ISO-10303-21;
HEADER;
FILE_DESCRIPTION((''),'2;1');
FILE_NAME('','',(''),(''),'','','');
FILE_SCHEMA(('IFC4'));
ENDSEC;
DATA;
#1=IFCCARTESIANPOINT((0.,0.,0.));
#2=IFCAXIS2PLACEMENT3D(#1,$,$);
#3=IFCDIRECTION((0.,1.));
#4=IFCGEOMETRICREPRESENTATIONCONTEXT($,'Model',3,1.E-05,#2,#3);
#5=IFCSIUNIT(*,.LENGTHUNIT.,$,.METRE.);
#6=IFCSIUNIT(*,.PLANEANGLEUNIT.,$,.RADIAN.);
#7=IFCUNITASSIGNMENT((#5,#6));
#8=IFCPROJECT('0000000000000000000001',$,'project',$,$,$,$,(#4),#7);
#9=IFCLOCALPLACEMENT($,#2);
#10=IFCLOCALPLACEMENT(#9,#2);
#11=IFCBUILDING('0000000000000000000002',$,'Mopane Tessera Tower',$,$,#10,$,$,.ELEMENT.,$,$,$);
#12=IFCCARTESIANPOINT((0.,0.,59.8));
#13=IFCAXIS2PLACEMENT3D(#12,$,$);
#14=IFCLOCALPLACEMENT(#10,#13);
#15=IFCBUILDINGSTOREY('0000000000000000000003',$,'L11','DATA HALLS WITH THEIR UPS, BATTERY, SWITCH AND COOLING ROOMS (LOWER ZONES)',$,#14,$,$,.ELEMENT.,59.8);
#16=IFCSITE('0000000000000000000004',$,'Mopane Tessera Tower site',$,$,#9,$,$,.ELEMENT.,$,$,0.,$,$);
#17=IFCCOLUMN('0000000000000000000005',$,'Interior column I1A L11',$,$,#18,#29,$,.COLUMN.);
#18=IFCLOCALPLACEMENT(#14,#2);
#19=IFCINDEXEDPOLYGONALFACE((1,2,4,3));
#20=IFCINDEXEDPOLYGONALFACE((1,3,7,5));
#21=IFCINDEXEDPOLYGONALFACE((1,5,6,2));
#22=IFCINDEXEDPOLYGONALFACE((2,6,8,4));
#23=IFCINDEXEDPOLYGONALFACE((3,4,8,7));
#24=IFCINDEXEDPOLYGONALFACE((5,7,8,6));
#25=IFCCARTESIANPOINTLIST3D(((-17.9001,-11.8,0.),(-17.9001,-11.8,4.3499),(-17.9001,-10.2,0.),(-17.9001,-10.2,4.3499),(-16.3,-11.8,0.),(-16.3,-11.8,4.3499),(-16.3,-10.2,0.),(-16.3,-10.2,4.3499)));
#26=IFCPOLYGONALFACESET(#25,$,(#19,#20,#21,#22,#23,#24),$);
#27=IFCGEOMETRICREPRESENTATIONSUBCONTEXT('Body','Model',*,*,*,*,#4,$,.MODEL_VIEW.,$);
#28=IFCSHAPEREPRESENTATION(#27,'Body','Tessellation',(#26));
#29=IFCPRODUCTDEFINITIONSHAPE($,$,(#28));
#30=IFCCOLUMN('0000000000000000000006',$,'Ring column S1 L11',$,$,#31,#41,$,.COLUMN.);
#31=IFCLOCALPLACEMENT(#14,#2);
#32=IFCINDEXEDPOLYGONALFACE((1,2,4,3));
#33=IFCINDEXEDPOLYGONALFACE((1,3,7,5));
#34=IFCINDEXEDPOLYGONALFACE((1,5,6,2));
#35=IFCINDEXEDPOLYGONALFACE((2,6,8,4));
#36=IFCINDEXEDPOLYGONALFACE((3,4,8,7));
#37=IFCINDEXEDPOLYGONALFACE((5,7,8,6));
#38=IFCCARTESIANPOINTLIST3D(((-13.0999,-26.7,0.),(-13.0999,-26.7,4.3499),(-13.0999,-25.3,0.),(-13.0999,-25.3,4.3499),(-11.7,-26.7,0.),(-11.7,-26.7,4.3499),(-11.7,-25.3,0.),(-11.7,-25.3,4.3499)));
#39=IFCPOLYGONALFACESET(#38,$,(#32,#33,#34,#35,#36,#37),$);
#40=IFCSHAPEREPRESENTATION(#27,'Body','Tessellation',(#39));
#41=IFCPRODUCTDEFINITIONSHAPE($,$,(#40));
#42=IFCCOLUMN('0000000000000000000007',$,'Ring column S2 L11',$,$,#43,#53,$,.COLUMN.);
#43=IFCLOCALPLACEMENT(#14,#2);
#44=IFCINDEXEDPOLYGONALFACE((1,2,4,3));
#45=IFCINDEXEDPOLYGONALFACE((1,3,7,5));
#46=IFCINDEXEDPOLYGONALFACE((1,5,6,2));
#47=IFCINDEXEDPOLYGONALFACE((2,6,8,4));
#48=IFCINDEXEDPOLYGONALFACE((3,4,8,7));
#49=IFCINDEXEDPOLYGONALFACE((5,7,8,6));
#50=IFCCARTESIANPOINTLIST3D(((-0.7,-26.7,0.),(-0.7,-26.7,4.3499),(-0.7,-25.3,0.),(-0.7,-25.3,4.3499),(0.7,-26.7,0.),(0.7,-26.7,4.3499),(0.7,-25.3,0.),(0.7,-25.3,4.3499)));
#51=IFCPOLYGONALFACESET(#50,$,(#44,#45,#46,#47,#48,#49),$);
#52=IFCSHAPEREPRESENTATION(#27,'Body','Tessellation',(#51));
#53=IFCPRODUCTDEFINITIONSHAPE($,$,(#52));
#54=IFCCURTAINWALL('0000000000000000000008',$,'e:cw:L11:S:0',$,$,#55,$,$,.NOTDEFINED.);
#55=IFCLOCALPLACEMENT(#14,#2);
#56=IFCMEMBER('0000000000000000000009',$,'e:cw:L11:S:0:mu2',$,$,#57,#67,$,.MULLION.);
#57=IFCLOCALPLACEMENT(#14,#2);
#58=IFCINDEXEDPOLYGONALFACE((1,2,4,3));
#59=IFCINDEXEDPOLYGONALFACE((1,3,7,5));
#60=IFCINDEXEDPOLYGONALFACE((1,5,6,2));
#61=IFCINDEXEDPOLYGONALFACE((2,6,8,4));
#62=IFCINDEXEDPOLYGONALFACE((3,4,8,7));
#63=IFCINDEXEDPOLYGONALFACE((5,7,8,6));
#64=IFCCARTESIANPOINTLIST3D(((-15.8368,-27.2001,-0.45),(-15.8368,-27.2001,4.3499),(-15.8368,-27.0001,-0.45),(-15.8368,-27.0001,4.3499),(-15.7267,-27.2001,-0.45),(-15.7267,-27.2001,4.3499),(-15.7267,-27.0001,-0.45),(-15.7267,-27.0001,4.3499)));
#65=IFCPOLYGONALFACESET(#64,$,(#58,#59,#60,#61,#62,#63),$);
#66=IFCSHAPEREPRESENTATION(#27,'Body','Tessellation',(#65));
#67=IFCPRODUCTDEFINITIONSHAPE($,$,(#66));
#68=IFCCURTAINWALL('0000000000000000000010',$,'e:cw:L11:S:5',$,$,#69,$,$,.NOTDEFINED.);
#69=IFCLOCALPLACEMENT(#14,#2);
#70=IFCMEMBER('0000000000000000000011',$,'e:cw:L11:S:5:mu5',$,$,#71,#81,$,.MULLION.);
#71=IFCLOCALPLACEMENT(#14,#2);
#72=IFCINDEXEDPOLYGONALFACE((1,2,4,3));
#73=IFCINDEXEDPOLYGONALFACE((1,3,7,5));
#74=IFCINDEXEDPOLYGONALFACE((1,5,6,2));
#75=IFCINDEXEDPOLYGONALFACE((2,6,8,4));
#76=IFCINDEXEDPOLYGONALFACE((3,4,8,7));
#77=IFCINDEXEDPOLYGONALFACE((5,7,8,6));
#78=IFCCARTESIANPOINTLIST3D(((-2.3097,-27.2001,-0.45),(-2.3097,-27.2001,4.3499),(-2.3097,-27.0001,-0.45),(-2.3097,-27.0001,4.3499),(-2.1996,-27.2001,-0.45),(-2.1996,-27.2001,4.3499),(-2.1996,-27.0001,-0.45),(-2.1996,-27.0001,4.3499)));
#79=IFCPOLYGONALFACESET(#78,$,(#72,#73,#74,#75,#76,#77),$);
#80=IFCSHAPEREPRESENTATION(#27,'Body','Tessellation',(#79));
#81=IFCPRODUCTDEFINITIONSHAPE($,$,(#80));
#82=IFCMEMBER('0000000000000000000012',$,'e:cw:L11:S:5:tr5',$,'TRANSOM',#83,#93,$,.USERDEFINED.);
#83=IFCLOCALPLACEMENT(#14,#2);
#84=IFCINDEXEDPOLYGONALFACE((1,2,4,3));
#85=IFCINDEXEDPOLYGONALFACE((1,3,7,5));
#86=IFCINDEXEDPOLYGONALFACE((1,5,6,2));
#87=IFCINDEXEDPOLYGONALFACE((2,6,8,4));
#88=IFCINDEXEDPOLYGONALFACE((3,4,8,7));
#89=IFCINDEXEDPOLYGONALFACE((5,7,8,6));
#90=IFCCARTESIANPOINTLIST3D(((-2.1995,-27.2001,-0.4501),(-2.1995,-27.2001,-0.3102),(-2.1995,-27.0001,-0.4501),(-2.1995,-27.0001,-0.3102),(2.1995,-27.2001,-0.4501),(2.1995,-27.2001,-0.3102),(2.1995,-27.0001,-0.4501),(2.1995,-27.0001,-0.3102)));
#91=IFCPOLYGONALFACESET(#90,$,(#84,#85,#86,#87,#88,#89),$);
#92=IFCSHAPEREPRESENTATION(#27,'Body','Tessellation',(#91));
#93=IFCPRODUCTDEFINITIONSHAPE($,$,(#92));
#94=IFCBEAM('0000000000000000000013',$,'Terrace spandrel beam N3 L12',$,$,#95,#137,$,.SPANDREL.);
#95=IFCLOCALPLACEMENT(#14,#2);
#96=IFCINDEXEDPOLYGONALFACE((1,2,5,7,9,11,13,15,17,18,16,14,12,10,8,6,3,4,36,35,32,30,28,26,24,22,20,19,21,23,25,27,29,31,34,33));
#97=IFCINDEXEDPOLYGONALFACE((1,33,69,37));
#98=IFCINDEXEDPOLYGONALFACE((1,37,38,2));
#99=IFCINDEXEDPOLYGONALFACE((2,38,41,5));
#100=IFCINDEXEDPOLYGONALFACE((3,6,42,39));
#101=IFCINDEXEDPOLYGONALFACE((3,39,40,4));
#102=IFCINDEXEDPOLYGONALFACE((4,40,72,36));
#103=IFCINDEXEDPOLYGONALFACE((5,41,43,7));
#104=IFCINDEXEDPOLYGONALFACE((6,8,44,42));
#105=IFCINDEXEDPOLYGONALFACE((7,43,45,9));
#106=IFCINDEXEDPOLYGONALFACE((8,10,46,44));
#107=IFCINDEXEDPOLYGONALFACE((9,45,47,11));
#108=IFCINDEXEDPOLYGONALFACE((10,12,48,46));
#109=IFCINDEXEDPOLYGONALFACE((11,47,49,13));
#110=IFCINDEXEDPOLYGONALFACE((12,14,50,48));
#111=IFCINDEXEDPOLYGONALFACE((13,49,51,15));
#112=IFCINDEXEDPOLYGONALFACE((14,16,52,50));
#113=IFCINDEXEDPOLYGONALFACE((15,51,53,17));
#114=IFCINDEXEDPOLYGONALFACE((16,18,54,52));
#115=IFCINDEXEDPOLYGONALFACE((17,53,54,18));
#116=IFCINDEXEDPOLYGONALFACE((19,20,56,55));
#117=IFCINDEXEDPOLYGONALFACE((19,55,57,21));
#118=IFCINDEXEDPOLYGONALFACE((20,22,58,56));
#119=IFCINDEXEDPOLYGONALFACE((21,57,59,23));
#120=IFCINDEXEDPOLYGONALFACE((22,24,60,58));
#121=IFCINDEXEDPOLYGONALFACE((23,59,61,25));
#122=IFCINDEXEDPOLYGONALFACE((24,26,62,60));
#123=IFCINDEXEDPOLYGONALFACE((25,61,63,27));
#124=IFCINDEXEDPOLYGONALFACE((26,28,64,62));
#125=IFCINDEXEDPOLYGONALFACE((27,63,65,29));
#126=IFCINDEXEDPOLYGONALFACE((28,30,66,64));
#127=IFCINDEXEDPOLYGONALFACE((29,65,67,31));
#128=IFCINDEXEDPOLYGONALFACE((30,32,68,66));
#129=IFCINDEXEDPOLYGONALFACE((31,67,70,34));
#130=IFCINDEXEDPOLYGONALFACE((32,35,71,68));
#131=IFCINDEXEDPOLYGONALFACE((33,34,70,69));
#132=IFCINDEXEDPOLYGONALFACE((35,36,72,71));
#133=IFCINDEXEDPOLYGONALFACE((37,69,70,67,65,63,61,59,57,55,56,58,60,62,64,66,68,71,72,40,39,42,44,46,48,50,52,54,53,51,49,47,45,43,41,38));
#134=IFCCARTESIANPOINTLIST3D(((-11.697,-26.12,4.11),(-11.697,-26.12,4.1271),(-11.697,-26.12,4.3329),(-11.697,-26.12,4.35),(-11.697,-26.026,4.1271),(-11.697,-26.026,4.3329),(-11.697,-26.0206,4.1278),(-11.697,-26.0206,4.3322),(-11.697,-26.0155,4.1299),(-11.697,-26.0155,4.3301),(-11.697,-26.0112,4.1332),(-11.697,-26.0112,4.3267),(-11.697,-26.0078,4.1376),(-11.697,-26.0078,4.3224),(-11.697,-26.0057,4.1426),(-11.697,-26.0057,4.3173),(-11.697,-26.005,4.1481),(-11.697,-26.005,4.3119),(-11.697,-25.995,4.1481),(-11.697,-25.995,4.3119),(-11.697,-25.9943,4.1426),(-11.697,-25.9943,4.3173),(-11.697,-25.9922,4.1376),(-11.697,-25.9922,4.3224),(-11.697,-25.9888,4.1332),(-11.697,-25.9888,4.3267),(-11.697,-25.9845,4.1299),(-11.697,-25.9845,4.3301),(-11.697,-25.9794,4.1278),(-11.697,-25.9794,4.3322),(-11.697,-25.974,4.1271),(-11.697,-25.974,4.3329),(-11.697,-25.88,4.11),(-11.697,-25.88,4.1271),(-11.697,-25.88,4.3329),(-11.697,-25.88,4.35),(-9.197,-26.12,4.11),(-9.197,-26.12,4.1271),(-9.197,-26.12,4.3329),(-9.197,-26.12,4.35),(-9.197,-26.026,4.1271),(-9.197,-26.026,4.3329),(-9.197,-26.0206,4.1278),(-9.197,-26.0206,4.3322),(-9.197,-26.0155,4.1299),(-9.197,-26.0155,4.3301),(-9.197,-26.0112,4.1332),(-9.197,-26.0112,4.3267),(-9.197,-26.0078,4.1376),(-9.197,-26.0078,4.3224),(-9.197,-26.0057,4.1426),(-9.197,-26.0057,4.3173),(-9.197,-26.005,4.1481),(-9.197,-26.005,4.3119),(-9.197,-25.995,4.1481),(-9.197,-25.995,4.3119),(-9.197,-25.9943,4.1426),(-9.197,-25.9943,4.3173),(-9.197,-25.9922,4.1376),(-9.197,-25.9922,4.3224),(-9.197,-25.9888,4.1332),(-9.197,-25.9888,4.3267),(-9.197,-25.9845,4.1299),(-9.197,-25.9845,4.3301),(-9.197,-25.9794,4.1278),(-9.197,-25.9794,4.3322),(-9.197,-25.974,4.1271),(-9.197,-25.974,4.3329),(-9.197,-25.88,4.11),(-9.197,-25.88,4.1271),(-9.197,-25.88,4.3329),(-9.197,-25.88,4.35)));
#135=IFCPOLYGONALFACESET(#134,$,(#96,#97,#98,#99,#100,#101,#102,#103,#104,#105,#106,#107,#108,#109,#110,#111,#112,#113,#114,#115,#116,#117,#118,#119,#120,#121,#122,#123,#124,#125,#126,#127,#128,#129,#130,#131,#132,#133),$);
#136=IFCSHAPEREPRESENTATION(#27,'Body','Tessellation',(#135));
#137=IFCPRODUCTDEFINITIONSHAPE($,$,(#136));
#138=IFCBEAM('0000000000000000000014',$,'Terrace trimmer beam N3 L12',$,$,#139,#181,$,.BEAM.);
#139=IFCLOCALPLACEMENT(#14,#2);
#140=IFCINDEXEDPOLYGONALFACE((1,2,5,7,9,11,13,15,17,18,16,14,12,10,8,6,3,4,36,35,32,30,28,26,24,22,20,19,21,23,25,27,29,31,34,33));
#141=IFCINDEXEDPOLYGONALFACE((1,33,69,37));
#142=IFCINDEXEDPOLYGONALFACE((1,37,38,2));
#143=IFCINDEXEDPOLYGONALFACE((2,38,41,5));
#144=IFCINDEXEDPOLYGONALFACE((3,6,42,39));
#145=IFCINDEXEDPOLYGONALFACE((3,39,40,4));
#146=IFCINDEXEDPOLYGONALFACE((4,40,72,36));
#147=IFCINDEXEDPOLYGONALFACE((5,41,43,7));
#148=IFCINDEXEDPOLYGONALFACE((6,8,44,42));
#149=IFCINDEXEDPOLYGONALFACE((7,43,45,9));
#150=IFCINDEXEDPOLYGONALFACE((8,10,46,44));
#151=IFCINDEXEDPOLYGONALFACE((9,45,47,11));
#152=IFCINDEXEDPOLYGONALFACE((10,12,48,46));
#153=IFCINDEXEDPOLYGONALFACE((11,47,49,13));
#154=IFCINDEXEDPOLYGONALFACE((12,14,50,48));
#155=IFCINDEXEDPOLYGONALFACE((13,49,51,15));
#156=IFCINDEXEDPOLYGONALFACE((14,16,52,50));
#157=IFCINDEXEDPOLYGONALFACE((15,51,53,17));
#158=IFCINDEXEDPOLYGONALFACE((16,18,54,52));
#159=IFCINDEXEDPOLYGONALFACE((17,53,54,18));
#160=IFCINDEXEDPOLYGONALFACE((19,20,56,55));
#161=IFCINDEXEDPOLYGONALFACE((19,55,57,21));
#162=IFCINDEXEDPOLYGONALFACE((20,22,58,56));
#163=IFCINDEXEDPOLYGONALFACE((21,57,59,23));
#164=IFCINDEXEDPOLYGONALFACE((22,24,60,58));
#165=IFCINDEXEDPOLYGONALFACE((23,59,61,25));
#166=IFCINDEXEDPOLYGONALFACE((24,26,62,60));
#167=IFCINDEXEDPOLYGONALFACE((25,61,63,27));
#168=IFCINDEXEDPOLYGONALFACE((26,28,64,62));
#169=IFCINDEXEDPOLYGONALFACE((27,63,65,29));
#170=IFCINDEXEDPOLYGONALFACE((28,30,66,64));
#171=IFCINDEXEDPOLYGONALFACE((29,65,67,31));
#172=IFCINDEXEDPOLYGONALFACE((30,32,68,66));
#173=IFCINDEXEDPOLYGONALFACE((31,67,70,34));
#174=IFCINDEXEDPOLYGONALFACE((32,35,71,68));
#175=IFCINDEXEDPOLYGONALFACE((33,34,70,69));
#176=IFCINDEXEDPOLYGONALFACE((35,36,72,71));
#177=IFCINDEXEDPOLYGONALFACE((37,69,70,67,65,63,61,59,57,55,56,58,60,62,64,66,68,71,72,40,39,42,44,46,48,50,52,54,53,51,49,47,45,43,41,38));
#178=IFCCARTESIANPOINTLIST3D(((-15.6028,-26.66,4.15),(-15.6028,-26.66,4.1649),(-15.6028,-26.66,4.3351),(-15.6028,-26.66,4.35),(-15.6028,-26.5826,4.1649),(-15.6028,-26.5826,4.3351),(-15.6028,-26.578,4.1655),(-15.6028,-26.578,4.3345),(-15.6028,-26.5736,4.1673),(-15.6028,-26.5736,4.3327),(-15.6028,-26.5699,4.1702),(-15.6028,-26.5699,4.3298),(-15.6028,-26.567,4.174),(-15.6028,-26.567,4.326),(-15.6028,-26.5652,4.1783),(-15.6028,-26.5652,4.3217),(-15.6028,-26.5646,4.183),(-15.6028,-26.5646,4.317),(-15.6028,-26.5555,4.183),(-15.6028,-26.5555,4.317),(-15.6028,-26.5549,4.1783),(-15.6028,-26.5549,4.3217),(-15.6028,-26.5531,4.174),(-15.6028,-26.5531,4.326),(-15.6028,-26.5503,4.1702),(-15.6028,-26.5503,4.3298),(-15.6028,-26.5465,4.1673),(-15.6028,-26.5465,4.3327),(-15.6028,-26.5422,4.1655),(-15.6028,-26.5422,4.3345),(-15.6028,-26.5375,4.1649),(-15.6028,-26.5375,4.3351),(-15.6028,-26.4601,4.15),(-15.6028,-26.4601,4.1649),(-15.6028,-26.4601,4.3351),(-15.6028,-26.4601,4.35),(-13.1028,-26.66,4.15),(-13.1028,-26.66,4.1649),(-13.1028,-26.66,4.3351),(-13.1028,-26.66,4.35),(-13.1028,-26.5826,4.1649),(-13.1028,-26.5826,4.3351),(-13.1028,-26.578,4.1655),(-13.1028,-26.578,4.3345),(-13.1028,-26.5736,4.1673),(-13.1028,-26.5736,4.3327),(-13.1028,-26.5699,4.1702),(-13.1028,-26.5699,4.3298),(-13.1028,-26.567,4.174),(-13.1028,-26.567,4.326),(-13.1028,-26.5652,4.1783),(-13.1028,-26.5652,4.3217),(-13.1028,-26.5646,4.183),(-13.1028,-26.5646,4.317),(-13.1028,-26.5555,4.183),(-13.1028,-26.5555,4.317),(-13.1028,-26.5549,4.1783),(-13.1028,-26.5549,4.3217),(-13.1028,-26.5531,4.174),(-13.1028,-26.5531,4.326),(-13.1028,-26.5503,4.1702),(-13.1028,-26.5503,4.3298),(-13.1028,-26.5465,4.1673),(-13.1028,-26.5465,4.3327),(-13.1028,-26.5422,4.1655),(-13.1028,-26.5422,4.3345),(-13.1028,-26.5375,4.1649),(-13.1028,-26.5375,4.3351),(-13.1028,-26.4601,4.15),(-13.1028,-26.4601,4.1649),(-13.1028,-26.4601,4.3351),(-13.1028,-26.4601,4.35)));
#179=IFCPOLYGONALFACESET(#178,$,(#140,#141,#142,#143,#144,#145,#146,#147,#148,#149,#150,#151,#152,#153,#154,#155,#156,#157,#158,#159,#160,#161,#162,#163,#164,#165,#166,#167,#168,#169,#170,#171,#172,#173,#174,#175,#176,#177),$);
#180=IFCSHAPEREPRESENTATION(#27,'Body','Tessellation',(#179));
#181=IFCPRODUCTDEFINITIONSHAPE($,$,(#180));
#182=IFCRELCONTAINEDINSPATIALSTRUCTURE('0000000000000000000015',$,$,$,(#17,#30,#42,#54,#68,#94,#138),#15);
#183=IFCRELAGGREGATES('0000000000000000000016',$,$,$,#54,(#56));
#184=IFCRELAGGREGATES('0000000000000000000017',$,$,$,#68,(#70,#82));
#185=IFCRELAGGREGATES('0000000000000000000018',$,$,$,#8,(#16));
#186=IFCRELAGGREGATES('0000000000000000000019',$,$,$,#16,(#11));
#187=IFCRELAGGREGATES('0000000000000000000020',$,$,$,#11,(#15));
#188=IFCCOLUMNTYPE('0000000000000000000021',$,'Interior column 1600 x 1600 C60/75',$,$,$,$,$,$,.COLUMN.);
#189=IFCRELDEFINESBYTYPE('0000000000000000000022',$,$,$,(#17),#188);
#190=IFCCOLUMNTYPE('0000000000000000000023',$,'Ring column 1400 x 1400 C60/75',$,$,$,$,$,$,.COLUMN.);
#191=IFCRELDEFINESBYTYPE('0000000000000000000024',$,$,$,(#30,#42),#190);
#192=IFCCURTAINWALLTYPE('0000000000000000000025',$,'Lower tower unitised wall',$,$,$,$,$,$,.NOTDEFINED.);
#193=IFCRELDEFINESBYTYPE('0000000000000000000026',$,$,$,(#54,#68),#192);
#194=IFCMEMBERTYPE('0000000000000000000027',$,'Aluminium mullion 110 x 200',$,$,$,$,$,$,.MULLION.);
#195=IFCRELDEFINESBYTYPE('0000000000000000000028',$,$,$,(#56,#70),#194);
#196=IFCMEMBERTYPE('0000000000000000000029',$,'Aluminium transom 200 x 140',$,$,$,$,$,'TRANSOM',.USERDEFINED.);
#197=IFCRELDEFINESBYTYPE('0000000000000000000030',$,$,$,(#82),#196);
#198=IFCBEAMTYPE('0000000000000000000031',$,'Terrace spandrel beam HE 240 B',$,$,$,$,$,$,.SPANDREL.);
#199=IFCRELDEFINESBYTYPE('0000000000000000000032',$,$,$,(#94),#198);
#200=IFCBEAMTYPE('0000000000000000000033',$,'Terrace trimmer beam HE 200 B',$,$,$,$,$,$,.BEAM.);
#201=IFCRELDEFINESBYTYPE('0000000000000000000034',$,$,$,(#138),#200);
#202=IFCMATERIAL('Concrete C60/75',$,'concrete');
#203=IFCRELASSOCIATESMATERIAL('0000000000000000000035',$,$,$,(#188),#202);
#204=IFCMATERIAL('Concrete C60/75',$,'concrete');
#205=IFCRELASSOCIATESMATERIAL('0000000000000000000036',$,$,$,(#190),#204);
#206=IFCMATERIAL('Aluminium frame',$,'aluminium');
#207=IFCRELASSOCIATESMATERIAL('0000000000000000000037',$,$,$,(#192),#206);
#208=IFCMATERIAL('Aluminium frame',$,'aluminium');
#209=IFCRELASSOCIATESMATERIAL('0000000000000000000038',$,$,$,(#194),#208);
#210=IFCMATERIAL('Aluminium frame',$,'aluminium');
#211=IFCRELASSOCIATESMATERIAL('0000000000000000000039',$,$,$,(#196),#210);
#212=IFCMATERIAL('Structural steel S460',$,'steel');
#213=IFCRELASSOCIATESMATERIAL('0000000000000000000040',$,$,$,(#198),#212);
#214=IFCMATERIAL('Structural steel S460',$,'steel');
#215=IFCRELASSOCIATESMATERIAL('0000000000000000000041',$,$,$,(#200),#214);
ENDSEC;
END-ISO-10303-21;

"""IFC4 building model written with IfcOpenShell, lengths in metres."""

from ifc_helpers import new_model, si_unit, direction, frame, origin, origin_2d, place, context, subcontext, project, spatial, rectangle, i_section, extrude, material, material_profile, profile_set, type_object, element, aggregate, save


model = new_model("IFC4")

# Units and contexts
model_context = context("Model", 3, precision=1e-05, world=origin(), true_north=direction((0.0, 1.0)))
body_context = subcontext(model_context, "Body", "Model", "MODEL_VIEW")
ifc_project = project(units=[si_unit("LENGTHUNIT", "METRE"), si_unit("PLANEANGLEUNIT", "RADIAN")], contexts=[model_context])

# Site, building, storey
site_placement = place(None, origin())
site = spatial("IfcSite", under=ifc_project, at=site_placement, Name="Mopane Tessera Tower site", CompositionType="ELEMENT", RefElevation=0.0)
building_placement = place(site_placement, origin())
building = spatial("IfcBuilding", under=site, at=building_placement, Name="Mopane Tessera Tower", CompositionType="ELEMENT")
storey_placement = place(building_placement, frame((0.0, 0.0, 59.8)))
storey = spatial("IfcBuildingStorey", under=building, at=storey_placement, Name="L11", Description="DATA HALLS WITH THEIR UPS, BATTERY, SWITCH AND COOLING ROOMS (LOWER ZONES)", CompositionType="ELEMENT", Elevation=59.8)

# Columns
ifc_material_1 = material(Name="Concrete C60/75", Category="concrete")
ifc_material_profile_1 = material_profile(ifc_material_1, rectangle(XDim=1.6001, YDim=1.6001, at=origin_2d()))
ifc_profile_set_1 = profile_set([ifc_material_profile_1], Name="Concrete C60/75")
column_type_1 = type_object("IfcColumnType", Name="Interior column 1600 x 1600 C60/75", PredefinedType="COLUMN", material=ifc_profile_set_1)
column_placement = place(storey_placement, frame((-17.1001, -11.0, 0.0), z_axis=(0.0, 0.0, 1.0), x_axis=(1.0, 0.0, 0.0)))
element("IfcColumn", 1, at=column_placement, inside=storey, type_object=column_type_1, Name="Interior column I1A L11", PredefinedType="COLUMN", context=body_context, shape_type="SweptSolid", body=[
    extrude(rectangle(XDim=1.6001, YDim=1.6001, at=origin_2d()), origin(), (0.0, 0.0, 1.0), 4.3499),
])
ifc_material_2 = material(Name="Concrete C60/75", Category="concrete")
ifc_material_profile_2 = material_profile(ifc_material_2, rectangle(XDim=1.3999, YDim=1.3999, at=origin_2d()))
ifc_profile_set_2 = profile_set([ifc_material_profile_2], Name="Concrete C60/75")
column_type_2 = type_object("IfcColumnType", Name="Ring column 1400 x 1400 C60/75", PredefinedType="COLUMN", material=ifc_profile_set_2)
for number, where, z_axis, x_axis, name in (
    (2, (-12.3999, -26.0, 0.0), (0.0, 0.0, 1.0), (1.0, 0.0, 0.0), "Ring column S1 L11"),
    (3, (0.0, -26.0, 0.0), (0.0, 0.0, 1.0), (1.0, 0.0, 0.0), "Ring column S2 L11"),
):
    element("IfcColumn", number, at=place(storey_placement, frame(where, z_axis=z_axis, x_axis=x_axis)), inside=storey, type_object=column_type_2, Name=name, PredefinedType="COLUMN", context=body_context, shape_type="SweptSolid", body=[
        extrude(rectangle(XDim=1.3999, YDim=1.3999, at=origin_2d()), origin(), (0.0, 0.0, 1.0), 4.3499),
    ])

# Curtain wall, member
ifc_material_3 = material(Name="Aluminium frame", Category="aluminium")
curtain_wall_type = type_object("IfcCurtainWallType", Name="Lower tower unitised wall", PredefinedType="NOTDEFINED", material=ifc_material_3)
curtain_wall_1_placement = place(storey_placement, origin())
curtain_wall_1 = element("IfcCurtainWall", 4, at=curtain_wall_1_placement, inside=storey, type_object=curtain_wall_type, Name="e:cw:L11:S:0", PredefinedType="NOTDEFINED")
ifc_material_4 = material(Name="Aluminium frame", Category="aluminium")
ifc_material_profile_3 = material_profile(ifc_material_4, rectangle(XDim=0.1101, YDim=0.2, at=origin_2d()))
ifc_profile_set_3 = profile_set([ifc_material_profile_3], Name="Aluminium frame")
member_type_1 = type_object("IfcMemberType", Name="Aluminium mullion 110 x 200", PredefinedType="MULLION", material=ifc_profile_set_3)
member_1_placement = place(storey_placement, frame((-15.7817, -27.1001, -0.45), z_axis=(0.0, 0.0, 1.0), x_axis=(1.0, 0.0, 0.0)))
member_1 = element("IfcMember", 5, at=member_1_placement, type_object=member_type_1, Name="e:cw:L11:S:0:mu2", PredefinedType="MULLION", context=body_context, shape_type="SweptSolid", body=[
    extrude(rectangle(XDim=0.1101, YDim=0.2, at=origin_2d()), origin(), (0.0, 0.0, 1.0), 4.7998),
])
aggregate(curtain_wall_1, [member_1])

# Curtain wall, members
curtain_wall_2_placement = place(storey_placement, origin())
curtain_wall_2 = element("IfcCurtainWall", 6, at=curtain_wall_2_placement, inside=storey, type_object=curtain_wall_type, Name="e:cw:L11:S:5", PredefinedType="NOTDEFINED")
member_2_placement = place(storey_placement, frame((-2.2546, -27.1001, -0.45), z_axis=(0.0, 0.0, 1.0), x_axis=(1.0, 0.0, 0.0)))
member_2 = element("IfcMember", 7, at=member_2_placement, type_object=member_type_1, Name="e:cw:L11:S:5:mu5", PredefinedType="MULLION", context=body_context, shape_type="SweptSolid", body=[
    extrude(rectangle(XDim=0.1101, YDim=0.2, at=origin_2d()), origin(), (0.0, 0.0, 1.0), 4.7998),
])
ifc_material_5 = material(Name="Aluminium frame", Category="aluminium")
ifc_material_profile_4 = material_profile(ifc_material_5, rectangle(XDim=0.2, YDim=0.1399, at=origin_2d()))
ifc_profile_set_4 = profile_set([ifc_material_profile_4], Name="Aluminium frame")
member_type_2 = type_object("IfcMemberType", Name="Aluminium transom 200 x 140", ElementType="TRANSOM", PredefinedType="USERDEFINED", material=ifc_profile_set_4)
member_3_placement = place(storey_placement, frame((-2.1995, -27.1001, -0.3801), z_axis=(1.0, 0.0, 0.0), x_axis=(0.0, 1.0, 0.0)))
member_3 = element("IfcMember", 8, at=member_3_placement, type_object=member_type_2, Name="e:cw:L11:S:5:tr5", ObjectType="TRANSOM", PredefinedType="USERDEFINED", context=body_context, shape_type="SweptSolid", body=[
    extrude(rectangle(XDim=0.2, YDim=0.1399, at=origin_2d()), origin(), (0.0, 0.0, 1.0), 4.3989),
])

# Beams
ifc_material_6 = material(Name="Structural steel S460", Category="steel")
ifc_material_profile_5 = material_profile(ifc_material_6, i_section(OverallWidth=0.24, OverallDepth=0.24, WebThickness=0.01, FlangeThickness=0.0171, FilletRadius=0.021, at=origin_2d()))
ifc_profile_set_5 = profile_set([ifc_material_profile_5], Name="Structural steel S460")
beam_type_1 = type_object("IfcBeamType", Name="Terrace spandrel beam HE 240 B", PredefinedType="SPANDREL", material=ifc_profile_set_5)
beam_1_placement = place(storey_placement, frame((-11.697, -26.0, 4.23), z_axis=(1.0, 0.0, 0.0), x_axis=(0.0, 1.0, 0.0)))
element("IfcBeam", 9, at=beam_1_placement, inside=storey, type_object=beam_type_1, Name="Terrace spandrel beam N3 L12", PredefinedType="SPANDREL", context=body_context, shape_type="SweptSolid", body=[
    extrude(i_section(OverallWidth=0.24, OverallDepth=0.24, WebThickness=0.01, FlangeThickness=0.0171, FilletRadius=0.021, at=origin_2d()), origin(), (0.0, 0.0, 1.0), 2.5),
])
ifc_material_7 = material(Name="Structural steel S460", Category="steel")
ifc_material_profile_6 = material_profile(ifc_material_7, i_section(OverallWidth=0.2, OverallDepth=0.2, WebThickness=0.009, FlangeThickness=0.0149, FilletRadius=0.0181, at=origin_2d()))
ifc_profile_set_6 = profile_set([ifc_material_profile_6], Name="Structural steel S460")
beam_type_2 = type_object("IfcBeamType", Name="Terrace trimmer beam HE 200 B", PredefinedType="BEAM", material=ifc_profile_set_6)
beam_2_placement = place(storey_placement, frame((-13.1028, -26.5601, 4.25), z_axis=(-1.0, 0.0, 0.0), x_axis=(0.0, -1.0, 0.0)))
element("IfcBeam", 10, at=beam_2_placement, inside=storey, type_object=beam_type_2, Name="Terrace trimmer beam N3 L12", PredefinedType="BEAM", context=body_context, shape_type="SweptSolid", body=[
    extrude(i_section(OverallWidth=0.2, OverallDepth=0.2, WebThickness=0.009, FlangeThickness=0.0149, FilletRadius=0.0181, at=origin_2d()), origin(), (0.0, 0.0, 1.0), 2.5),
])

aggregate(curtain_wall_2, [member_2, member_3])

save(model, "model.ifc")
